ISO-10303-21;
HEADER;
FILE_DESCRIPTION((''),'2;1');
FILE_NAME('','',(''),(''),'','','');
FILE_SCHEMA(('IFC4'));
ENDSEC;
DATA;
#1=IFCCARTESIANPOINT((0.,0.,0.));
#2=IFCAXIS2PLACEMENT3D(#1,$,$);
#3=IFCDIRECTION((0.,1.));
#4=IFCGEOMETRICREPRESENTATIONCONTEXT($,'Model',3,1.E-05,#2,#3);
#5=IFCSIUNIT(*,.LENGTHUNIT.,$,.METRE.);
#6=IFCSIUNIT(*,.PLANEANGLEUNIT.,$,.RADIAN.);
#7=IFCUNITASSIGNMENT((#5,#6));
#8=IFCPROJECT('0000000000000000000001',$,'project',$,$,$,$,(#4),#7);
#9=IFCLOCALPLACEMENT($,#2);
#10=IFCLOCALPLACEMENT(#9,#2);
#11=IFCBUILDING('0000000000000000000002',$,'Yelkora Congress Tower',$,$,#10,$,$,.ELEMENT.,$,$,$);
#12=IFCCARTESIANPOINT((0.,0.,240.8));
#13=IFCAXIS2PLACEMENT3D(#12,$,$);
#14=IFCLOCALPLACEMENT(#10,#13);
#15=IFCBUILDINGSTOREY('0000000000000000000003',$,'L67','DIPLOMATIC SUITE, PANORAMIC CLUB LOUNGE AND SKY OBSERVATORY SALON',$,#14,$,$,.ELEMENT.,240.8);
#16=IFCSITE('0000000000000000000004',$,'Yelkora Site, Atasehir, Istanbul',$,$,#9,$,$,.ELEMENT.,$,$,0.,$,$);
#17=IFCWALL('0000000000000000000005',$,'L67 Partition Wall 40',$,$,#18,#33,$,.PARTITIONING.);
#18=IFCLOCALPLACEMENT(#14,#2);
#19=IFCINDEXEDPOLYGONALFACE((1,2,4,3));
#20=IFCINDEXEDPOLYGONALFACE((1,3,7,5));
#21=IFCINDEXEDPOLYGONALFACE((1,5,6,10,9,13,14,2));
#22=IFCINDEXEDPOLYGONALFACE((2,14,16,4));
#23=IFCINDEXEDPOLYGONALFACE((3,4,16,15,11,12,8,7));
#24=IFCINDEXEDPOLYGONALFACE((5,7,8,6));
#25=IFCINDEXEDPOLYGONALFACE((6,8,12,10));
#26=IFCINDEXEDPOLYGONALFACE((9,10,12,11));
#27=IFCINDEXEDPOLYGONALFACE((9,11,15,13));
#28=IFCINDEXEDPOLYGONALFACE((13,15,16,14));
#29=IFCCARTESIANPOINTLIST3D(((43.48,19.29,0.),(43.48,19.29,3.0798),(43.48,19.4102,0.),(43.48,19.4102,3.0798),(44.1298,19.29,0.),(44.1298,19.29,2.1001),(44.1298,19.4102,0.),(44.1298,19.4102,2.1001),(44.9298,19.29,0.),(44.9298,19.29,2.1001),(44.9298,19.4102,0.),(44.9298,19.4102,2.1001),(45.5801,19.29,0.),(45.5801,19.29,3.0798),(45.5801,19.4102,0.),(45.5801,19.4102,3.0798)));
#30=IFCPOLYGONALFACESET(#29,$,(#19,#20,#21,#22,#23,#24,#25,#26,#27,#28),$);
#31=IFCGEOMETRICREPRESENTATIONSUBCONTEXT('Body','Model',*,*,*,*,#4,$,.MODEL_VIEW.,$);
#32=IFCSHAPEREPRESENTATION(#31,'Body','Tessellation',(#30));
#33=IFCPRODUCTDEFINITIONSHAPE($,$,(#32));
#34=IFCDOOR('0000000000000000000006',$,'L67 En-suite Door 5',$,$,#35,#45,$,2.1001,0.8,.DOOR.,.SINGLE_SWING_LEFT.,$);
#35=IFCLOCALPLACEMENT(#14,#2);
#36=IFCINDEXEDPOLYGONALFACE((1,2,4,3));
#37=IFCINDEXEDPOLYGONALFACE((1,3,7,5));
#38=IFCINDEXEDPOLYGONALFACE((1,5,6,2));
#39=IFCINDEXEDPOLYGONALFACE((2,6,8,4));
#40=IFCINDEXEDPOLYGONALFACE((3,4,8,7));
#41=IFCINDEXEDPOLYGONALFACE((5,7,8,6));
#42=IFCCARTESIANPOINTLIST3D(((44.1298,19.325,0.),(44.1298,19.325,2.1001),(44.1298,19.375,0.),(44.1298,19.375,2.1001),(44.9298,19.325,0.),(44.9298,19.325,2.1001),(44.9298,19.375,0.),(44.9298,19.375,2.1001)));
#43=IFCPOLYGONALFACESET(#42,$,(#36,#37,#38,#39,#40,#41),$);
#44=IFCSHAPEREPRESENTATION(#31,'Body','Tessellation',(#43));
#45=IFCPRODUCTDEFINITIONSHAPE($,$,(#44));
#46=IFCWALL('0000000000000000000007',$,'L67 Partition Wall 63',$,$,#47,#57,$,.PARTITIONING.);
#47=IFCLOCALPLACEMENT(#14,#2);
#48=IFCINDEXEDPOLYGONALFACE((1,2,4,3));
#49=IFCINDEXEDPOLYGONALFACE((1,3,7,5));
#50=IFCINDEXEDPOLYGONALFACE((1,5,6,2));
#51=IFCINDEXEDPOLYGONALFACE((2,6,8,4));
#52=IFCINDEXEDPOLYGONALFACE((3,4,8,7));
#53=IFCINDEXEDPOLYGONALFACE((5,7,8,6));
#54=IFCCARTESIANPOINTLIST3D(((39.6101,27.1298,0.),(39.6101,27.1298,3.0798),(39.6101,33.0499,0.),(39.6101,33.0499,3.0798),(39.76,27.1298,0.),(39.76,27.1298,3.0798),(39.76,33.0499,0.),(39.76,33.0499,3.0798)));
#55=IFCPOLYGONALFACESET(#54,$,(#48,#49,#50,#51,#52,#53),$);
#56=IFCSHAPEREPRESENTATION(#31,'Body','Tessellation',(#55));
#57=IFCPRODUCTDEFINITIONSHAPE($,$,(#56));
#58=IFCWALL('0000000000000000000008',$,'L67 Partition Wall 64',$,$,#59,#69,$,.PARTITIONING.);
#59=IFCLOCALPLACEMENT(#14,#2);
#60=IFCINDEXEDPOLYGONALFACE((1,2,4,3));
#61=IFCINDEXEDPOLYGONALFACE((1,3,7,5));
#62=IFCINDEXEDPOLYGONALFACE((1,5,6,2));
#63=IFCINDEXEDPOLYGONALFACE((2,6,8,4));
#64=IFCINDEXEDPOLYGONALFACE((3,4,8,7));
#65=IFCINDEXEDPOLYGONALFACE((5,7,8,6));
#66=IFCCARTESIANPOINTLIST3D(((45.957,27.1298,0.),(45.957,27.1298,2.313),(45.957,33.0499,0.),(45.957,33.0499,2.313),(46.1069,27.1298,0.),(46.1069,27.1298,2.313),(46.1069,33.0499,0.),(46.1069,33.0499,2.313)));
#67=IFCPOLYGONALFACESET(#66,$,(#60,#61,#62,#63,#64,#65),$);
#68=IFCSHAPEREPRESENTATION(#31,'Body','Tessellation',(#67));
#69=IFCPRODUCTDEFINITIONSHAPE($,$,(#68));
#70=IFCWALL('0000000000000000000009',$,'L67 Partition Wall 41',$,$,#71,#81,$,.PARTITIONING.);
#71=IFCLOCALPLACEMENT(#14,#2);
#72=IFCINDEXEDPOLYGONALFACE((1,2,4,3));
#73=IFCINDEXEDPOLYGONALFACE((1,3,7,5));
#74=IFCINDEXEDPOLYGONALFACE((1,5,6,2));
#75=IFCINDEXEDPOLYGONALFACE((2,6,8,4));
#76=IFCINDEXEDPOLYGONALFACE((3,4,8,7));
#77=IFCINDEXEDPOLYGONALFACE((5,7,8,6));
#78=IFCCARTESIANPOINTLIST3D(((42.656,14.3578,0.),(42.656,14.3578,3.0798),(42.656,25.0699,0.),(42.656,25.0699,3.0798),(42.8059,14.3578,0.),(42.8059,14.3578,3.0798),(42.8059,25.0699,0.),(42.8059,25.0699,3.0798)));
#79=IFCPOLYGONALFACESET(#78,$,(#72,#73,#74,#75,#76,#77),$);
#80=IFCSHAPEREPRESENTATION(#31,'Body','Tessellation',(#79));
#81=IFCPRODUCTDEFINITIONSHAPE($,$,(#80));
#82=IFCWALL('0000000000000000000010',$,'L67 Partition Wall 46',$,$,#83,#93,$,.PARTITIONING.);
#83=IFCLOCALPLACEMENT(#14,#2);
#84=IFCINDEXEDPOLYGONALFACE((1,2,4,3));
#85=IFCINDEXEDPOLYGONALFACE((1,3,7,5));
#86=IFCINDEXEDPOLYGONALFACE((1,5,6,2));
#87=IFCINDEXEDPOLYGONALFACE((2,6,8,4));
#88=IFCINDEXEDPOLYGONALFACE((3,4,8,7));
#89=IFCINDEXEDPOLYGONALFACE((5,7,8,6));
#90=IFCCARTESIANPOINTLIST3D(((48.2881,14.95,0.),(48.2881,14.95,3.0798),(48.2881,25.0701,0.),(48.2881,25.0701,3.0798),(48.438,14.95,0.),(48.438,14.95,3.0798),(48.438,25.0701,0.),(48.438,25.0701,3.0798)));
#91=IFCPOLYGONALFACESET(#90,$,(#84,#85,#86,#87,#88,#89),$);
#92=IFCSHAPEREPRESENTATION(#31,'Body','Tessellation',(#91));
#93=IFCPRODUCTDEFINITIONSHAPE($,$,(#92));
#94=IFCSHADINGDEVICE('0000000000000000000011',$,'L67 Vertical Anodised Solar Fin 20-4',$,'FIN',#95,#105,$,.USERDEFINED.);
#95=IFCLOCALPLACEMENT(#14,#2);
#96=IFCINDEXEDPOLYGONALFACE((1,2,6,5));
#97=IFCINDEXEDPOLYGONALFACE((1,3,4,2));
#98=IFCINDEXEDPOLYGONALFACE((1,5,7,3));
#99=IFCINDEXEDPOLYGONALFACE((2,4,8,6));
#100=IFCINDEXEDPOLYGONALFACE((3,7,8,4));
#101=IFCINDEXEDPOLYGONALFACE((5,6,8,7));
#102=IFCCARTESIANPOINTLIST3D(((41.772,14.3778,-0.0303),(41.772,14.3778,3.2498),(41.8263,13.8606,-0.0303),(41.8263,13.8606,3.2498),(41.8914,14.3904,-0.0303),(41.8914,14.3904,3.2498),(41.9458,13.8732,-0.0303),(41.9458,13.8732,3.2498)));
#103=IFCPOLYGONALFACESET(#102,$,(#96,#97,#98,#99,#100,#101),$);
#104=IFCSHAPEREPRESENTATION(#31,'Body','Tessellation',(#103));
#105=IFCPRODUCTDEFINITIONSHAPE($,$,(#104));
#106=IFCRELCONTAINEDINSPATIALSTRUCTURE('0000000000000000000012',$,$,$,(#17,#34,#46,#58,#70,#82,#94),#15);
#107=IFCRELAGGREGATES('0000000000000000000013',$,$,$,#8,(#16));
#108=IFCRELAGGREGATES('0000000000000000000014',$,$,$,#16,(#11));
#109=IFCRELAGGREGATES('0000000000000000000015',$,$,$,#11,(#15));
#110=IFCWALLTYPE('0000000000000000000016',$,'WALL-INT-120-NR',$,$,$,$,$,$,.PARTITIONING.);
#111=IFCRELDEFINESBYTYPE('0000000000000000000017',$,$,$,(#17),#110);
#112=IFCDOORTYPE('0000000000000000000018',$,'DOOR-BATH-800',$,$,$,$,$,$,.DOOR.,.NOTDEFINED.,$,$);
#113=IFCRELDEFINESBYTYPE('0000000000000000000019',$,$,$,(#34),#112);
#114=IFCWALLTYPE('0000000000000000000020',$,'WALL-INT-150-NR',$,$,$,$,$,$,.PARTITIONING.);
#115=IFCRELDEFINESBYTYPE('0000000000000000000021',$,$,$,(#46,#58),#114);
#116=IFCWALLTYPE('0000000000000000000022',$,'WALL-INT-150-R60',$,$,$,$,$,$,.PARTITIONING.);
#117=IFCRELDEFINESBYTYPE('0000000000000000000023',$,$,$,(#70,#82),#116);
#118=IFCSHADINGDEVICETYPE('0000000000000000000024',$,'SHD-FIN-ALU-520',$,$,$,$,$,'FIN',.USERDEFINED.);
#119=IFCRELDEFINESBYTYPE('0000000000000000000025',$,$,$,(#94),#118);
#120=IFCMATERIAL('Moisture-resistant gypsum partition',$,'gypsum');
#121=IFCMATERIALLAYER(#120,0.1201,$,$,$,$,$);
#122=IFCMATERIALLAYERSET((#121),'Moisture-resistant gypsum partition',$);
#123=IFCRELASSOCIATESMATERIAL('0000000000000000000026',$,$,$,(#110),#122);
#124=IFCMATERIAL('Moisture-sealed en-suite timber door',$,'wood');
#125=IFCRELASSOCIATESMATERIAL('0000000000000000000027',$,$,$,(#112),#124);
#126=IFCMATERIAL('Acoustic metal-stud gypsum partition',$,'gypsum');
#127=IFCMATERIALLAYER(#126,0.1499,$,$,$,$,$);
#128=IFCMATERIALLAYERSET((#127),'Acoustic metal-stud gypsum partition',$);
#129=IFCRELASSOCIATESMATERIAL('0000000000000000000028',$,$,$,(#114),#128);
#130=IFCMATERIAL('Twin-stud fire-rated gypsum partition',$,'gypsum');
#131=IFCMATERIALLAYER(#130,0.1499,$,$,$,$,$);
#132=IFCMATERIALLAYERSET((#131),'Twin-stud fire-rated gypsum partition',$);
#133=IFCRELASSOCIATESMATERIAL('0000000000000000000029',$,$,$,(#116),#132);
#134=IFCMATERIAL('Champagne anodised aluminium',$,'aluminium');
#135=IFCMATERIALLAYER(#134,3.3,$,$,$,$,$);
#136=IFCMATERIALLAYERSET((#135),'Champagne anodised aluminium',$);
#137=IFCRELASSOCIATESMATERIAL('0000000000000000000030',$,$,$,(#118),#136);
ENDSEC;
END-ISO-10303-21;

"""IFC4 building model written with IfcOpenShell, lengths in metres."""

from ifc_helpers import new_model, si_unit, direction, frame, frame_2d, origin, origin_2d, place, context, subcontext, project, spatial, rectangle, extrude, material, layer, layer_set, type_object, element, fill, save


model = new_model("IFC4")

# Units and contexts
model_context = context("Model", 3, precision=1e-05, world=origin(), true_north=direction((0.0, 1.0)))
body_context = subcontext(model_context, "Body", "Model", "MODEL_VIEW")
ifc_project = project(units=[si_unit("LENGTHUNIT", "METRE"), si_unit("PLANEANGLEUNIT", "RADIAN")], contexts=[model_context])

# Site, building, storey
site_placement = place(None, origin())
site = spatial("IfcSite", under=ifc_project, at=site_placement, Name="Yelkora Site, Atasehir, Istanbul", CompositionType="ELEMENT", RefElevation=0.0)
building_placement = place(site_placement, origin())
building = spatial("IfcBuilding", under=site, at=building_placement, Name="Yelkora Congress Tower", CompositionType="ELEMENT")
storey_placement = place(building_placement, frame((0.0, 0.0, 240.8)))
storey = spatial("IfcBuildingStorey", under=building, at=storey_placement, Name="L67", Description="DIPLOMATIC SUITE, PANORAMIC CLUB LOUNGE AND SKY OBSERVATORY SALON", CompositionType="ELEMENT", Elevation=240.8)

# Shared definitions
ifc_material_1 = material(Name="Moisture-resistant gypsum partition", Category="gypsum")
ifc_layer_1 = layer(ifc_material_1, 0.1201)
ifc_layer_set_1 = layer_set([ifc_layer_1], Name="Moisture-resistant gypsum partition")
wall_type_1 = type_object("IfcWallType", Name="WALL-INT-120-NR", PredefinedType="PARTITIONING", material=ifc_layer_set_1)

# Shared definitions
ifc_material_2 = material(Name="Moisture-sealed en-suite timber door", Category="wood")
door_type = type_object("IfcDoorType", Name="DOOR-BATH-800", OperationType="NOTDEFINED", PredefinedType="DOOR", material=ifc_material_2)

# Wall, opening, door
wall_1_placement = place(storey_placement, frame((43.48, 19.3501, 0.0), z_axis=(0.0, 0.0, 1.0), x_axis=(1.0, 0.0, 0.0)))
wall_1 = element("IfcWall", 1, at=wall_1_placement, inside=storey, type_object=wall_type_1, Name="L67 Partition Wall 40", PredefinedType="PARTITIONING", context=body_context, shape_type="SweptSolid", body=[
    extrude(rectangle(XDim=2.1001, YDim=0.1201, at=frame_2d((1.05, 0.0))), origin(), (0.0, 0.0, 1.0), 3.0798),
])
opening_1_placement = place(wall_1_placement, frame((0.6499, 0.0, 0.0)))
opening_1 = element("IfcOpeningElement", 2, at=opening_1_placement, cuts=wall_1, PredefinedType="OPENING", context=body_context, shape_type="SweptSolid", body=[
    extrude(rectangle(XDim=0.8, YDim=2.1001, at=frame_2d((0.3999, 1.05))), frame((0.0, 0.0701, 0.0), z_axis=(0.0, -1.0, 0.0), x_axis=(1.0, 0.0, 0.0)), (0.0, 0.0, 1.0), 0.1401),
])
door_1_placement = place(opening_1_placement, origin())
door_1 = element("IfcDoor", 3, at=door_1_placement, inside=storey, type_object=door_type, Name="L67 En-suite Door 5", OperationType="SINGLE_SWING_LEFT", OverallHeight=2.1001, OverallWidth=0.8, PredefinedType="DOOR", context=body_context, shape_type="SweptSolid", body=[
    extrude(rectangle(XDim=0.8, YDim=2.1001, at=frame_2d((0.3999, 1.05))), frame((0.0, 0.0249, 0.0), z_axis=(0.0, -1.0, 0.0), x_axis=(1.0, 0.0, 0.0)), (0.0, 0.0, 1.0), 0.05),
])
fill(opening_1, door_1)

# Walls
ifc_material_3 = material(Name="Acoustic metal-stud gypsum partition", Category="gypsum")
ifc_layer_2 = layer(ifc_material_3, 0.1499)
ifc_layer_set_2 = layer_set([ifc_layer_2], Name="Acoustic metal-stud gypsum partition")
wall_type_2 = type_object("IfcWallType", Name="WALL-INT-150-NR", PredefinedType="PARTITIONING", material=ifc_layer_set_2)
wall_2_placement = place(storey_placement, frame((39.6851, 27.1299, 0.0), z_axis=(0.0, 0.0, 1.0), x_axis=(0.0, 1.0, 0.0)))
element("IfcWall", 4, at=wall_2_placement, inside=storey, type_object=wall_type_2, Name="L67 Partition Wall 63", PredefinedType="PARTITIONING", context=body_context, shape_type="SweptSolid", body=[
    extrude(rectangle(XDim=5.9202, YDim=0.1499, at=frame_2d((2.96, 0.0))), origin(), (0.0, 0.0, 1.0), 3.0798),
])
wall_3_placement = place(storey_placement, frame((46.032, 27.1299, 0.0), z_axis=(0.0, 0.0, 1.0), x_axis=(0.0, 1.0, 0.0)))
element("IfcWall", 5, at=wall_3_placement, inside=storey, type_object=wall_type_2, Name="L67 Partition Wall 64", PredefinedType="PARTITIONING", context=body_context, shape_type="SweptSolid", body=[
    extrude(rectangle(XDim=5.9202, YDim=0.1499, at=frame_2d((2.96, 0.0))), origin(), (0.0, 0.0, 1.0), 2.313),
])
ifc_material_4 = material(Name="Twin-stud fire-rated gypsum partition", Category="gypsum")
ifc_layer_3 = layer(ifc_material_4, 0.1499)
ifc_layer_set_3 = layer_set([ifc_layer_3], Name="Twin-stud fire-rated gypsum partition")
wall_type_3 = type_object("IfcWallType", Name="WALL-INT-150-R60", PredefinedType="PARTITIONING", material=ifc_layer_set_3)
wall_4_placement = place(storey_placement, frame((42.731, 14.3579, 0.0), z_axis=(0.0, 0.0, 1.0), x_axis=(0.0, 1.0, 0.0)))
element("IfcWall", 6, at=wall_4_placement, inside=storey, type_object=wall_type_3, Name="L67 Partition Wall 41", PredefinedType="PARTITIONING", context=body_context, shape_type="SweptSolid", body=[
    extrude(rectangle(XDim=10.7122, YDim=0.1499, at=frame_2d((5.356, 0.0))), origin(), (0.0, 0.0, 1.0), 3.0798),
])
wall_5_placement = place(storey_placement, frame((48.363, 14.95, 0.0), z_axis=(0.0, 0.0, 1.0), x_axis=(0.0, 1.0, 0.0)))
element("IfcWall", 7, at=wall_5_placement, inside=storey, type_object=wall_type_3, Name="L67 Partition Wall 46", PredefinedType="PARTITIONING", context=body_context, shape_type="SweptSolid", body=[
    extrude(rectangle(XDim=10.1201, YDim=0.1499, at=frame_2d((5.0601, 0.0))), origin(), (0.0, 0.0, 1.0), 3.0798),
])

# Shading device
ifc_material_5 = material(Name="Champagne anodised aluminium", Category="aluminium")
ifc_layer_4 = layer(ifc_material_5, 3.3)
ifc_layer_set_4 = layer_set([ifc_layer_4], Name="Champagne anodised aluminium")
shading_device_type = type_object("IfcShadingDeviceType", Name="SHD-FIN-ALU-520", ElementType="FIN", PredefinedType="USERDEFINED", material=ifc_layer_set_4)
shading_device_placement = place(storey_placement, frame((41.8589, 14.1255, -0.0303), z_axis=(0.0, 0.0, 1.0), x_axis=(-0.994522, -0.104528, 0.0)))
element("IfcShadingDevice", 8, at=shading_device_placement, inside=storey, type_object=shading_device_type, Name="L67 Vertical Anodised Solar Fin 20-4", ObjectType="FIN", PredefinedType="USERDEFINED", context=body_context, shape_type="SweptSolid", body=[
    extrude(rectangle(XDim=0.1201, YDim=0.52, at=origin_2d()), origin(), (0.0, 0.0, 1.0), 3.28),
])

save(model, "model.ifc")
